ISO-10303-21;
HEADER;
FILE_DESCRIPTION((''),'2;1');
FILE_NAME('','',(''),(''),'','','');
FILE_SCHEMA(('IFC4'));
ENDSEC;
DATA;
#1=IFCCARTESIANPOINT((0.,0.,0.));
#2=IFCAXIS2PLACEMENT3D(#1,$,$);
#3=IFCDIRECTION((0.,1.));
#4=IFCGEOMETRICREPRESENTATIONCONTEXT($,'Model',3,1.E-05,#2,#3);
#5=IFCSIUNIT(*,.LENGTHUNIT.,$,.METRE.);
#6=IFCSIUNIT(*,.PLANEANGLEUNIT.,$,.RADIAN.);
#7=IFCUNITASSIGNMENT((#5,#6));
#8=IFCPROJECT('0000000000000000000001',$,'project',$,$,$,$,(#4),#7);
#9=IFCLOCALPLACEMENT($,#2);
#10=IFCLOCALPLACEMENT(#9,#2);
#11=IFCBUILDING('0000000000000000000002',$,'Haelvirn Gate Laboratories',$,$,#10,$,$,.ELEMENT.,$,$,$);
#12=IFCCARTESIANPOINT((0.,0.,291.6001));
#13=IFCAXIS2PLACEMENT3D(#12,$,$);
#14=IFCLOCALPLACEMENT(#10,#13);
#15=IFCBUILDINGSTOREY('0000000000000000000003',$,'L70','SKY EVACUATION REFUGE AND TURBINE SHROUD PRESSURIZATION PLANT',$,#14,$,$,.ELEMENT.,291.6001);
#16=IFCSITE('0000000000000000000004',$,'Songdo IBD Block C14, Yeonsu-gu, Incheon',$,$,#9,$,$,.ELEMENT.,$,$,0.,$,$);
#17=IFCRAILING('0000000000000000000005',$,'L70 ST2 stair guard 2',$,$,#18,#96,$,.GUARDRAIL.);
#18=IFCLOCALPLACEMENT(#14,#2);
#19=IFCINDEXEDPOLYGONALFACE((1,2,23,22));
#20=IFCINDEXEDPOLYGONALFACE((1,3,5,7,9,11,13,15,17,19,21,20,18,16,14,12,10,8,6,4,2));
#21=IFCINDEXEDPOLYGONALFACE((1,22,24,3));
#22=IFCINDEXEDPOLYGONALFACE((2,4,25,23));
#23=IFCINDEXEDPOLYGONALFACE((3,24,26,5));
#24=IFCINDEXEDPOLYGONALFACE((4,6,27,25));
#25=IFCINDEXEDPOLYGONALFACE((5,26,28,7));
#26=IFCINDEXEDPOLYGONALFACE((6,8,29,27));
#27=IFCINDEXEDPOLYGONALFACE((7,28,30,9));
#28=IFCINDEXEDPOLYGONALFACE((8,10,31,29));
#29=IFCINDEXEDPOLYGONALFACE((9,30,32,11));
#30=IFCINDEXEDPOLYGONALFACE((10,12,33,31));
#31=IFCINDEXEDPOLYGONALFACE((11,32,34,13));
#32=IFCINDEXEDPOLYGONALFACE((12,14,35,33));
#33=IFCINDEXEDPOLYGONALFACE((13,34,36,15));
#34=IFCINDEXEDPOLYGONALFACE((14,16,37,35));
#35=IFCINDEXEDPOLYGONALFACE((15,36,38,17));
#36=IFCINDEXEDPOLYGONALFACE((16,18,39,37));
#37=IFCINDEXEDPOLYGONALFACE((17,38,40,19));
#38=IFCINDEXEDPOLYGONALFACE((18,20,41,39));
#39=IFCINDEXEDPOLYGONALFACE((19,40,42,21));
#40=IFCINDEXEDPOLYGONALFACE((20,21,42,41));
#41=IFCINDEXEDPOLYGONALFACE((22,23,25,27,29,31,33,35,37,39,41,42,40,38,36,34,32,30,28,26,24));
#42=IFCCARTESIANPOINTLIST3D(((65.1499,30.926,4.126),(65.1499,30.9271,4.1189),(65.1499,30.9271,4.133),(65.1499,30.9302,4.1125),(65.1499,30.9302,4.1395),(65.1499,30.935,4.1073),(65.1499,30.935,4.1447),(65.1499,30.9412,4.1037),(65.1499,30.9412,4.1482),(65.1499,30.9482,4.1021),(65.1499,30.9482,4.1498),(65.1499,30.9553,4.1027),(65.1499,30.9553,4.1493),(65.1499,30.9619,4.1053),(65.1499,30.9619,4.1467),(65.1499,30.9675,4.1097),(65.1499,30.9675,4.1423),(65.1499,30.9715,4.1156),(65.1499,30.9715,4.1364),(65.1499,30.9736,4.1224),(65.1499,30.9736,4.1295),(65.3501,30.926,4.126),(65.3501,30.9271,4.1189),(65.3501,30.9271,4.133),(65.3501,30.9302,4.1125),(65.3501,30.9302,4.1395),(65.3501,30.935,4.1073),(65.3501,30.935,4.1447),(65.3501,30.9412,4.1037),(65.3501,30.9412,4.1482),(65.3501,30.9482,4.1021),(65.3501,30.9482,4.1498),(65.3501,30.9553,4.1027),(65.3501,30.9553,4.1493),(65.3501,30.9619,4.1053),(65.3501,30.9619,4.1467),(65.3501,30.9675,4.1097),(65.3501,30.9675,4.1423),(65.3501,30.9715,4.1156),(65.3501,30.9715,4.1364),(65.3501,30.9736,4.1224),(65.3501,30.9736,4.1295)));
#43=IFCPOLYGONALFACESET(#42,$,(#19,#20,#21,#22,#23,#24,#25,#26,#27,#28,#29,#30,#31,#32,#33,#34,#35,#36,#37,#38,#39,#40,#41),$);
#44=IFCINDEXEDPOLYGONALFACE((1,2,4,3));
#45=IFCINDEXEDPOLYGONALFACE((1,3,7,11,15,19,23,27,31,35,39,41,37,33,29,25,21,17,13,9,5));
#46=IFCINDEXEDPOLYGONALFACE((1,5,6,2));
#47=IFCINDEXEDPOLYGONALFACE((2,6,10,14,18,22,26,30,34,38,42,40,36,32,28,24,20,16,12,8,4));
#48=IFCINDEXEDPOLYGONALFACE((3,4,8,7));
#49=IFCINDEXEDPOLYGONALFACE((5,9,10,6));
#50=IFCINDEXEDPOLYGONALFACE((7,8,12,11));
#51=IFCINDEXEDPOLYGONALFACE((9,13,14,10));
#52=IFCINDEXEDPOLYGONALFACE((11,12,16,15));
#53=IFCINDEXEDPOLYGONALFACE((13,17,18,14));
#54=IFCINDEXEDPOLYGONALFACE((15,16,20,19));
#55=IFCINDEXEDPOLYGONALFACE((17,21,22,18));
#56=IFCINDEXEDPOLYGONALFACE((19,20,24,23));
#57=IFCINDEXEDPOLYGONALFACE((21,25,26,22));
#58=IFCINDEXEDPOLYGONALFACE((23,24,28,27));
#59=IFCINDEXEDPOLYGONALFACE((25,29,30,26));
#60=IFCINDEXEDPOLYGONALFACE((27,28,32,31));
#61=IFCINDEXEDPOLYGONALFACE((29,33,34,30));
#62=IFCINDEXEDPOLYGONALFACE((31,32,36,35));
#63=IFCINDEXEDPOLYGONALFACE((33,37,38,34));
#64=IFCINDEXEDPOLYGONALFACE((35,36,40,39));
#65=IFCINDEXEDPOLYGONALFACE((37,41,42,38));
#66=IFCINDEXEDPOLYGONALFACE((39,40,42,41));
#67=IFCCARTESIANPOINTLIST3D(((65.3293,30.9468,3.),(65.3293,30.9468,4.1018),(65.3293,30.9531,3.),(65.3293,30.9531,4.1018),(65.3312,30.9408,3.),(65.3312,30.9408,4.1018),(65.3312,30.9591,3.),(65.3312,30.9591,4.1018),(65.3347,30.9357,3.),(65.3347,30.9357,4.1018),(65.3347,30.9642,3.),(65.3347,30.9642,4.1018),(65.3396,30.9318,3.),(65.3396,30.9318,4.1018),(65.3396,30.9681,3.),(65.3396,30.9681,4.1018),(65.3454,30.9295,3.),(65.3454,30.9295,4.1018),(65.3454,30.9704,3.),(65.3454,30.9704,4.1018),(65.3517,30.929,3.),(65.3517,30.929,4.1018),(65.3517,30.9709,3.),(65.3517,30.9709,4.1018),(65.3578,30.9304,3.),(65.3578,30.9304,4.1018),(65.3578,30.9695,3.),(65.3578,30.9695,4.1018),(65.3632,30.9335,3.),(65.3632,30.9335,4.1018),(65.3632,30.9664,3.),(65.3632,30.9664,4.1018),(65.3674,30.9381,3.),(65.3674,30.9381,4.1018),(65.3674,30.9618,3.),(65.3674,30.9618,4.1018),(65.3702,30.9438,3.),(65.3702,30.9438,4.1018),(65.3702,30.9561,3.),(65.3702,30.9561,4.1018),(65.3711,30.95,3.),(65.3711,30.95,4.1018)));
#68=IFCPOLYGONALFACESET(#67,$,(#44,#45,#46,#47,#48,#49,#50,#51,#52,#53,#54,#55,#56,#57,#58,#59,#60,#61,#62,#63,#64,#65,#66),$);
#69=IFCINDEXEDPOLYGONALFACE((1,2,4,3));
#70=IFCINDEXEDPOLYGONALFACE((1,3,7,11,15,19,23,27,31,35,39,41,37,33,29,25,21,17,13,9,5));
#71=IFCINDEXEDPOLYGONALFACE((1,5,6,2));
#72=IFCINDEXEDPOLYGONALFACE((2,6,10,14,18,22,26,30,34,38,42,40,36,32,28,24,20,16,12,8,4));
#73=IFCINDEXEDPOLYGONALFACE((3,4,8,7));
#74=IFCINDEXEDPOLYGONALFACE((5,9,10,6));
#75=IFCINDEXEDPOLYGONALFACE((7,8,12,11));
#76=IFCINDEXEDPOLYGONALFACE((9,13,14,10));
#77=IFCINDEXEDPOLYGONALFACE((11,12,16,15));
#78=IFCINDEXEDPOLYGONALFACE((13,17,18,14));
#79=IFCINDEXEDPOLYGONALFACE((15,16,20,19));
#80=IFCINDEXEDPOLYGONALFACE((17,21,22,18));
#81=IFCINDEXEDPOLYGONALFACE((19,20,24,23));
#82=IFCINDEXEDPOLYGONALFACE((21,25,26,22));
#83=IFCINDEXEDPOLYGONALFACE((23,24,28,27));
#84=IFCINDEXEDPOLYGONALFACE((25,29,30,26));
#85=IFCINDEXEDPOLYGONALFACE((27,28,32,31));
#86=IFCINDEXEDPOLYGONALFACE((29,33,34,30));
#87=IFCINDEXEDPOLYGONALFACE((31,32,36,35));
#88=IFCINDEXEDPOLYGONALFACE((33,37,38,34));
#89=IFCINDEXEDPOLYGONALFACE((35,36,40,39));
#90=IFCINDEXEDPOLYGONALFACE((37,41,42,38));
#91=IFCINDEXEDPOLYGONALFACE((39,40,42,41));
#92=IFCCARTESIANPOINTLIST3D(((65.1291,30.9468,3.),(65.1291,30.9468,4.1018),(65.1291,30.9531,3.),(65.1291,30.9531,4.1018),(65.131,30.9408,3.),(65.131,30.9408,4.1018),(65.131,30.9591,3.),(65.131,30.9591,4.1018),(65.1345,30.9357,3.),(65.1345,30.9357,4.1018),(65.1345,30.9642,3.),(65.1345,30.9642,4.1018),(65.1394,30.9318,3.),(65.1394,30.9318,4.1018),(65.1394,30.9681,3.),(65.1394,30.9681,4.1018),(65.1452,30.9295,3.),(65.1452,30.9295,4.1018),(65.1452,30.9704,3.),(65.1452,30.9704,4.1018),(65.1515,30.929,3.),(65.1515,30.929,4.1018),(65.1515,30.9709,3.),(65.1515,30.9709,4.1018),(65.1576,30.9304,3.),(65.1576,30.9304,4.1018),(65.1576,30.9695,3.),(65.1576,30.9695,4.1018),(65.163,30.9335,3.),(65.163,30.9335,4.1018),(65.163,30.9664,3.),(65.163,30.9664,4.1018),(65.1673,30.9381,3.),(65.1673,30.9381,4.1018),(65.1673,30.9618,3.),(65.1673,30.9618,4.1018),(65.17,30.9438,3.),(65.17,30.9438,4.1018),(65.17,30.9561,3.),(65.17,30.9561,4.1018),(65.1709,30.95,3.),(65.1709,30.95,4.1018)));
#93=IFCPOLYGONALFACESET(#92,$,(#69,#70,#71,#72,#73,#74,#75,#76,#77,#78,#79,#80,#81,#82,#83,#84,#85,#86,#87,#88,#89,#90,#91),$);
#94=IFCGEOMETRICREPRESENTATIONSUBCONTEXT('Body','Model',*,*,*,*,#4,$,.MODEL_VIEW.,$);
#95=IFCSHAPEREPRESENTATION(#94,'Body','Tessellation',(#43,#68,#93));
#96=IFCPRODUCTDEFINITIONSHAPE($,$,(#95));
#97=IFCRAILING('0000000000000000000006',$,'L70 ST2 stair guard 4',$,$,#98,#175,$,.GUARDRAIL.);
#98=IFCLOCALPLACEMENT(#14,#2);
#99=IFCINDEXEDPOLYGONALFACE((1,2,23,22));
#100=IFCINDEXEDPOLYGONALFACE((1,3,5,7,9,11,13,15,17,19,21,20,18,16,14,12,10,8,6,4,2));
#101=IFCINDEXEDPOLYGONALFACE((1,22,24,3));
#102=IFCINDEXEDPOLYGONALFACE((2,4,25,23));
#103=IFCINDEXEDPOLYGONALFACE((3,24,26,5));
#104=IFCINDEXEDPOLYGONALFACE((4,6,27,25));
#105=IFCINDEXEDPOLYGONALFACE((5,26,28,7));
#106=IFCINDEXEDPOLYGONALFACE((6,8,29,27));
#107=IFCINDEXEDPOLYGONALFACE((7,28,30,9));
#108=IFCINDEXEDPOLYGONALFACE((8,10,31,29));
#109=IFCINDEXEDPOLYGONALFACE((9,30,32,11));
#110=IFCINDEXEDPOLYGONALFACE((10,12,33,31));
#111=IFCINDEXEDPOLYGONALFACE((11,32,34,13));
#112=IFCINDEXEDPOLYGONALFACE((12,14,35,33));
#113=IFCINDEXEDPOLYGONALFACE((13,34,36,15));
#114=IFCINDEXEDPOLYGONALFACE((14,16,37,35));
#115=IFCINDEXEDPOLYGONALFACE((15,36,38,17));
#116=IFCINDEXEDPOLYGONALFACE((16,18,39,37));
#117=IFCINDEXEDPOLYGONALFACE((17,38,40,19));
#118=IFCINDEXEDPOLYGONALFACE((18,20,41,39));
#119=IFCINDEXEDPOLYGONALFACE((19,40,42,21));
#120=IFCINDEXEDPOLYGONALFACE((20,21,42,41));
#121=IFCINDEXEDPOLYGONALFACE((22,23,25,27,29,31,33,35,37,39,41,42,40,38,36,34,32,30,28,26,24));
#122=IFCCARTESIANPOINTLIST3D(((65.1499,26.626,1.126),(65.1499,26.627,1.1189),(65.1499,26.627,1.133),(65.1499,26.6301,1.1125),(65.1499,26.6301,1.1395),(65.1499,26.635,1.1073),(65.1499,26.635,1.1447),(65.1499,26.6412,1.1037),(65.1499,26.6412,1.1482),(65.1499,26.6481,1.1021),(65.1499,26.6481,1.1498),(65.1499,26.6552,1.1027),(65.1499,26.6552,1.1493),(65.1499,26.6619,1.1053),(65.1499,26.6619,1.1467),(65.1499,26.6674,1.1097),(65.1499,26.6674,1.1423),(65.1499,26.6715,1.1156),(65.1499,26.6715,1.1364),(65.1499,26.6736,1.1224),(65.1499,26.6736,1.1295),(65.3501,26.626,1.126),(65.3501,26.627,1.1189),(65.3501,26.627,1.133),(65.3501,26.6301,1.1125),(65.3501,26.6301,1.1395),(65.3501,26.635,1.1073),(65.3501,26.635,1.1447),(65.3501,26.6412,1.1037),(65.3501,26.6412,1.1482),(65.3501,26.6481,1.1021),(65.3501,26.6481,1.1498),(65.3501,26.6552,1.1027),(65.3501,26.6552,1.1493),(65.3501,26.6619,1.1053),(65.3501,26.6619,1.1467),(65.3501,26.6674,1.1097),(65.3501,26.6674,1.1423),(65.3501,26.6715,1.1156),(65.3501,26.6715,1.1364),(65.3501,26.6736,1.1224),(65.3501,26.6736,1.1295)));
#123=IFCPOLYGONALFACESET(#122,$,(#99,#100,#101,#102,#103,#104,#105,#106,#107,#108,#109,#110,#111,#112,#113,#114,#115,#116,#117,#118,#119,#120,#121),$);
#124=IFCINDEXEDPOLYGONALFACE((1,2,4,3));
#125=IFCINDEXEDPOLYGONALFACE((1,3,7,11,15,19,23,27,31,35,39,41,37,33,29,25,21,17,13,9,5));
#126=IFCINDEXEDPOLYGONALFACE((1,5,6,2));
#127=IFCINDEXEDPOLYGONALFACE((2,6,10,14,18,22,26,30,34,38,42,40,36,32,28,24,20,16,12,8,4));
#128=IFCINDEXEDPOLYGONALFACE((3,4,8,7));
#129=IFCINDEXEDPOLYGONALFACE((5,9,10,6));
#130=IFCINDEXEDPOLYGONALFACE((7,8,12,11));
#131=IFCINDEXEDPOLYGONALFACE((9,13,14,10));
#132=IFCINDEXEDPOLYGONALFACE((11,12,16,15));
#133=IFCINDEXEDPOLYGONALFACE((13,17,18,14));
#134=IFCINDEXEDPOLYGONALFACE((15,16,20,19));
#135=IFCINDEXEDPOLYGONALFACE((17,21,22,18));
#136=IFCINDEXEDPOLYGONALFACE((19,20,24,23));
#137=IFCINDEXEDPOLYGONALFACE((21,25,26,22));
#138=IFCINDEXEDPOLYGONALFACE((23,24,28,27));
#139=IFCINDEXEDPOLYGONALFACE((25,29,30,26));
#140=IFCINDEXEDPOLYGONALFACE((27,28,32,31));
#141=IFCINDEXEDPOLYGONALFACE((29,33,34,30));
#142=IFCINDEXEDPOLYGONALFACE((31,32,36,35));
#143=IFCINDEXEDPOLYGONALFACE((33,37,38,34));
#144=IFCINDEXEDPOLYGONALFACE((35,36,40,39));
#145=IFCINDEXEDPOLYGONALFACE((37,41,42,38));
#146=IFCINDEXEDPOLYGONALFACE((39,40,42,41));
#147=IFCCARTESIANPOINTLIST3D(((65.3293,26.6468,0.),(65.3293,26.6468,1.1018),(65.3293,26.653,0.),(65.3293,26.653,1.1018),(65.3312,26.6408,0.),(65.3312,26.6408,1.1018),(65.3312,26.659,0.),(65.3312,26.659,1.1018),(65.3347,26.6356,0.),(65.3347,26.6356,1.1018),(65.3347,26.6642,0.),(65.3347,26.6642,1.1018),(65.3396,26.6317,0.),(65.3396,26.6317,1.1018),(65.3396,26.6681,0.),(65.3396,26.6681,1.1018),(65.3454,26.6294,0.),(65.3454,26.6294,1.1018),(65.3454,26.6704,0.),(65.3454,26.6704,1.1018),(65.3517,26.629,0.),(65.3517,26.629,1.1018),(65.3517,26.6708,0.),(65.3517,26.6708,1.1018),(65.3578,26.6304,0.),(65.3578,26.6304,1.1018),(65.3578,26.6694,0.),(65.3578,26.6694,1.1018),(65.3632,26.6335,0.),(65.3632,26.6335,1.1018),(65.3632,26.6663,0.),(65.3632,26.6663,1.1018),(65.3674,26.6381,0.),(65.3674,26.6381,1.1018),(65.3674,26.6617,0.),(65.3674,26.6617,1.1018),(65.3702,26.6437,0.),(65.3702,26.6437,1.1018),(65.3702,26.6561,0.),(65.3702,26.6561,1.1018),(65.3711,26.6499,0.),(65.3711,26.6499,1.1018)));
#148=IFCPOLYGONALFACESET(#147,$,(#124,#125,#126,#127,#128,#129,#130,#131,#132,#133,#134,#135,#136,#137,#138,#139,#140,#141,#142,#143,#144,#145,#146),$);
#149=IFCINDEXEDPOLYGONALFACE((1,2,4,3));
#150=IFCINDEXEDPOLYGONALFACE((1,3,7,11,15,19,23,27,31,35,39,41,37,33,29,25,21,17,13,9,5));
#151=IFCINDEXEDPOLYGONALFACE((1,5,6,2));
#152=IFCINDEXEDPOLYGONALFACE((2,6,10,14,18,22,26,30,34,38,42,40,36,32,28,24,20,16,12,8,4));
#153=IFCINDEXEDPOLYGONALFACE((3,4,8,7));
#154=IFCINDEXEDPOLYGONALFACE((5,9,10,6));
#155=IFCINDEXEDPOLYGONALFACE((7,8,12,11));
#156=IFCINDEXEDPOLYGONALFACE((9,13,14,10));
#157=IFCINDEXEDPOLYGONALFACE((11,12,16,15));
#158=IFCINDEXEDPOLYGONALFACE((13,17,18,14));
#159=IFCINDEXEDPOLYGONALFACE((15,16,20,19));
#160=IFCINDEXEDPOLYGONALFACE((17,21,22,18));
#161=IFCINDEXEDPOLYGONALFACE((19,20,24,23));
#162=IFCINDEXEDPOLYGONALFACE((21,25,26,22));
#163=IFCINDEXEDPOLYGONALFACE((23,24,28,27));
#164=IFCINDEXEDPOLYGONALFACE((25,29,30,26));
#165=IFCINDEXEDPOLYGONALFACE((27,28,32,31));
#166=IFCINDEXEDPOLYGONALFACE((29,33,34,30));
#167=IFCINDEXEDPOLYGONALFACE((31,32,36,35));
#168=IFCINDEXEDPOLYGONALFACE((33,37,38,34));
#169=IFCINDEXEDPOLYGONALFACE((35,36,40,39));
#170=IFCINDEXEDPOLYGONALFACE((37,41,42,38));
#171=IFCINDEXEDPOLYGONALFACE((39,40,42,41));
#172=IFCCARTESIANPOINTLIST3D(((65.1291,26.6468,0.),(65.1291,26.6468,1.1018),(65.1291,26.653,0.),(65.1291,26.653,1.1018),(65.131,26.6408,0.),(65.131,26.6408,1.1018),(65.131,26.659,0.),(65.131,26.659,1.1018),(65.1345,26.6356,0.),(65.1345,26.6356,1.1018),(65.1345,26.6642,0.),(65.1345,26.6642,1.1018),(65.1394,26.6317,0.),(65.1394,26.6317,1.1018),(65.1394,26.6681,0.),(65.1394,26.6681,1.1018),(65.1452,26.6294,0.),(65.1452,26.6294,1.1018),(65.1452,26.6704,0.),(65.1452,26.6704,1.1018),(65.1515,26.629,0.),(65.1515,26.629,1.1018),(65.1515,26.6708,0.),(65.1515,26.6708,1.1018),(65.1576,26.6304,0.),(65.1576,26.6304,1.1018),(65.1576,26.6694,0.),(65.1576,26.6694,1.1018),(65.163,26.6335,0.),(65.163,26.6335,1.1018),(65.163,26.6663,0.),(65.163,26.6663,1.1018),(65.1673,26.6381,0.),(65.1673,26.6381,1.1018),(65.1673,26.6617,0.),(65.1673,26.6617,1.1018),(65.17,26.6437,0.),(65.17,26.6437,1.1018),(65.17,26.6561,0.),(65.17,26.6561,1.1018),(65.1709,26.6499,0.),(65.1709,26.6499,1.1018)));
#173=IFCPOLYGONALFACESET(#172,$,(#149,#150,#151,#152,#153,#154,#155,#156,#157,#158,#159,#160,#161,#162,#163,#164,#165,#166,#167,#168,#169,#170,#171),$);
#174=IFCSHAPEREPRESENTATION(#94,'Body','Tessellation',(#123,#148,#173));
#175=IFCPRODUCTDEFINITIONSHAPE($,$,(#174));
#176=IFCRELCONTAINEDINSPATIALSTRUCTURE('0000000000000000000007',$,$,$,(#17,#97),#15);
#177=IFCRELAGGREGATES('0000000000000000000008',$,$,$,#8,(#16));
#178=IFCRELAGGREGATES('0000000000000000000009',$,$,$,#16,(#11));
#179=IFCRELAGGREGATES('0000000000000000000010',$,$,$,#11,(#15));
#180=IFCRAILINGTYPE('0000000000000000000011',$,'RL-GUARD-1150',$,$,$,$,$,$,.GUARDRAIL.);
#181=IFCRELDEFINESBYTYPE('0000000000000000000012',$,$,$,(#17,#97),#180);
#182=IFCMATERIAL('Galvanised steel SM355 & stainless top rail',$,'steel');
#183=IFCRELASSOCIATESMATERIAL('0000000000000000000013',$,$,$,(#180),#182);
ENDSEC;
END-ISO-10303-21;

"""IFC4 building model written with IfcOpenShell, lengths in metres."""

from ifc_helpers import new_model, si_unit, direction, frame, origin, origin_2d, place, context, subcontext, project, spatial, circle, extrude, source, transform, mapped, material, type_object, element, save


model = new_model("IFC4")

# Units and contexts
model_context = context("Model", 3, precision=1e-05, world=origin(), true_north=direction((0.0, 1.0)))
body_context = subcontext(model_context, "Body", "Model", "MODEL_VIEW")
ifc_project = project(units=[si_unit("LENGTHUNIT", "METRE"), si_unit("PLANEANGLEUNIT", "RADIAN")], contexts=[model_context])

# Site, building, storey
site_placement = place(None, origin())
site = spatial("IfcSite", under=ifc_project, at=site_placement, Name="Songdo IBD Block C14, Yeonsu-gu, Incheon", CompositionType="ELEMENT", RefElevation=0.0)
building_placement = place(site_placement, origin())
building = spatial("IfcBuilding", under=site, at=building_placement, Name="Haelvirn Gate Laboratories", CompositionType="ELEMENT")
storey_placement = place(building_placement, frame((0.0, 0.0, 291.6001)))
storey = spatial("IfcBuildingStorey", under=building, at=storey_placement, Name="L70", Description="SKY EVACUATION REFUGE AND TURBINE SHROUD PRESSURIZATION PLANT", CompositionType="ELEMENT", Elevation=291.6001)

# Railings
ifc_material_1 = material(Name="Galvanised steel SM355 & stainless top rail", Category="steel")
railing_type_1 = type_object("IfcRailingType", Name="RL-GUARD-1150", PredefinedType="GUARDRAIL", material=ifc_material_1)
shared_shape_1 = source(origin(), body_context, "Body", "SweptSolid", [
    extrude(circle(Radius=0.0239, at=origin_2d()), frame((0.0, 0.0, 1.126), z_axis=(-1.0, 0.0, 0.0), x_axis=(0.0, -1.0, 0.0)), (0.0, 0.0, 1.0), 0.2002),
    extrude(circle(Radius=0.021, at=origin_2d()), origin(), (0.0, 0.0, 1.0), 1.1018),
    extrude(circle(Radius=0.021, at=origin_2d()), frame((-0.2002, 0.0, 0.0)), (0.0, 0.0, 1.0), 1.1018),
])
for number, where, name in (
    (1, (65.3501, 30.95, 3.0), "L70 ST2 stair guard 2"),
    (2, (65.3501, 26.6499, 0.0), "L70 ST2 stair guard 4"),
):
    element("IfcRailing", number, at=place(storey_placement, frame(where)), inside=storey, type_object=railing_type_1, Name=name, PredefinedType="GUARDRAIL", context=body_context, shape_type="MappedRepresentation", body=[
        mapped(shared_shape_1, transform((0.0, 0.0, 0.0), scale=1.0)),
    ])

save(model, "model.ifc")
